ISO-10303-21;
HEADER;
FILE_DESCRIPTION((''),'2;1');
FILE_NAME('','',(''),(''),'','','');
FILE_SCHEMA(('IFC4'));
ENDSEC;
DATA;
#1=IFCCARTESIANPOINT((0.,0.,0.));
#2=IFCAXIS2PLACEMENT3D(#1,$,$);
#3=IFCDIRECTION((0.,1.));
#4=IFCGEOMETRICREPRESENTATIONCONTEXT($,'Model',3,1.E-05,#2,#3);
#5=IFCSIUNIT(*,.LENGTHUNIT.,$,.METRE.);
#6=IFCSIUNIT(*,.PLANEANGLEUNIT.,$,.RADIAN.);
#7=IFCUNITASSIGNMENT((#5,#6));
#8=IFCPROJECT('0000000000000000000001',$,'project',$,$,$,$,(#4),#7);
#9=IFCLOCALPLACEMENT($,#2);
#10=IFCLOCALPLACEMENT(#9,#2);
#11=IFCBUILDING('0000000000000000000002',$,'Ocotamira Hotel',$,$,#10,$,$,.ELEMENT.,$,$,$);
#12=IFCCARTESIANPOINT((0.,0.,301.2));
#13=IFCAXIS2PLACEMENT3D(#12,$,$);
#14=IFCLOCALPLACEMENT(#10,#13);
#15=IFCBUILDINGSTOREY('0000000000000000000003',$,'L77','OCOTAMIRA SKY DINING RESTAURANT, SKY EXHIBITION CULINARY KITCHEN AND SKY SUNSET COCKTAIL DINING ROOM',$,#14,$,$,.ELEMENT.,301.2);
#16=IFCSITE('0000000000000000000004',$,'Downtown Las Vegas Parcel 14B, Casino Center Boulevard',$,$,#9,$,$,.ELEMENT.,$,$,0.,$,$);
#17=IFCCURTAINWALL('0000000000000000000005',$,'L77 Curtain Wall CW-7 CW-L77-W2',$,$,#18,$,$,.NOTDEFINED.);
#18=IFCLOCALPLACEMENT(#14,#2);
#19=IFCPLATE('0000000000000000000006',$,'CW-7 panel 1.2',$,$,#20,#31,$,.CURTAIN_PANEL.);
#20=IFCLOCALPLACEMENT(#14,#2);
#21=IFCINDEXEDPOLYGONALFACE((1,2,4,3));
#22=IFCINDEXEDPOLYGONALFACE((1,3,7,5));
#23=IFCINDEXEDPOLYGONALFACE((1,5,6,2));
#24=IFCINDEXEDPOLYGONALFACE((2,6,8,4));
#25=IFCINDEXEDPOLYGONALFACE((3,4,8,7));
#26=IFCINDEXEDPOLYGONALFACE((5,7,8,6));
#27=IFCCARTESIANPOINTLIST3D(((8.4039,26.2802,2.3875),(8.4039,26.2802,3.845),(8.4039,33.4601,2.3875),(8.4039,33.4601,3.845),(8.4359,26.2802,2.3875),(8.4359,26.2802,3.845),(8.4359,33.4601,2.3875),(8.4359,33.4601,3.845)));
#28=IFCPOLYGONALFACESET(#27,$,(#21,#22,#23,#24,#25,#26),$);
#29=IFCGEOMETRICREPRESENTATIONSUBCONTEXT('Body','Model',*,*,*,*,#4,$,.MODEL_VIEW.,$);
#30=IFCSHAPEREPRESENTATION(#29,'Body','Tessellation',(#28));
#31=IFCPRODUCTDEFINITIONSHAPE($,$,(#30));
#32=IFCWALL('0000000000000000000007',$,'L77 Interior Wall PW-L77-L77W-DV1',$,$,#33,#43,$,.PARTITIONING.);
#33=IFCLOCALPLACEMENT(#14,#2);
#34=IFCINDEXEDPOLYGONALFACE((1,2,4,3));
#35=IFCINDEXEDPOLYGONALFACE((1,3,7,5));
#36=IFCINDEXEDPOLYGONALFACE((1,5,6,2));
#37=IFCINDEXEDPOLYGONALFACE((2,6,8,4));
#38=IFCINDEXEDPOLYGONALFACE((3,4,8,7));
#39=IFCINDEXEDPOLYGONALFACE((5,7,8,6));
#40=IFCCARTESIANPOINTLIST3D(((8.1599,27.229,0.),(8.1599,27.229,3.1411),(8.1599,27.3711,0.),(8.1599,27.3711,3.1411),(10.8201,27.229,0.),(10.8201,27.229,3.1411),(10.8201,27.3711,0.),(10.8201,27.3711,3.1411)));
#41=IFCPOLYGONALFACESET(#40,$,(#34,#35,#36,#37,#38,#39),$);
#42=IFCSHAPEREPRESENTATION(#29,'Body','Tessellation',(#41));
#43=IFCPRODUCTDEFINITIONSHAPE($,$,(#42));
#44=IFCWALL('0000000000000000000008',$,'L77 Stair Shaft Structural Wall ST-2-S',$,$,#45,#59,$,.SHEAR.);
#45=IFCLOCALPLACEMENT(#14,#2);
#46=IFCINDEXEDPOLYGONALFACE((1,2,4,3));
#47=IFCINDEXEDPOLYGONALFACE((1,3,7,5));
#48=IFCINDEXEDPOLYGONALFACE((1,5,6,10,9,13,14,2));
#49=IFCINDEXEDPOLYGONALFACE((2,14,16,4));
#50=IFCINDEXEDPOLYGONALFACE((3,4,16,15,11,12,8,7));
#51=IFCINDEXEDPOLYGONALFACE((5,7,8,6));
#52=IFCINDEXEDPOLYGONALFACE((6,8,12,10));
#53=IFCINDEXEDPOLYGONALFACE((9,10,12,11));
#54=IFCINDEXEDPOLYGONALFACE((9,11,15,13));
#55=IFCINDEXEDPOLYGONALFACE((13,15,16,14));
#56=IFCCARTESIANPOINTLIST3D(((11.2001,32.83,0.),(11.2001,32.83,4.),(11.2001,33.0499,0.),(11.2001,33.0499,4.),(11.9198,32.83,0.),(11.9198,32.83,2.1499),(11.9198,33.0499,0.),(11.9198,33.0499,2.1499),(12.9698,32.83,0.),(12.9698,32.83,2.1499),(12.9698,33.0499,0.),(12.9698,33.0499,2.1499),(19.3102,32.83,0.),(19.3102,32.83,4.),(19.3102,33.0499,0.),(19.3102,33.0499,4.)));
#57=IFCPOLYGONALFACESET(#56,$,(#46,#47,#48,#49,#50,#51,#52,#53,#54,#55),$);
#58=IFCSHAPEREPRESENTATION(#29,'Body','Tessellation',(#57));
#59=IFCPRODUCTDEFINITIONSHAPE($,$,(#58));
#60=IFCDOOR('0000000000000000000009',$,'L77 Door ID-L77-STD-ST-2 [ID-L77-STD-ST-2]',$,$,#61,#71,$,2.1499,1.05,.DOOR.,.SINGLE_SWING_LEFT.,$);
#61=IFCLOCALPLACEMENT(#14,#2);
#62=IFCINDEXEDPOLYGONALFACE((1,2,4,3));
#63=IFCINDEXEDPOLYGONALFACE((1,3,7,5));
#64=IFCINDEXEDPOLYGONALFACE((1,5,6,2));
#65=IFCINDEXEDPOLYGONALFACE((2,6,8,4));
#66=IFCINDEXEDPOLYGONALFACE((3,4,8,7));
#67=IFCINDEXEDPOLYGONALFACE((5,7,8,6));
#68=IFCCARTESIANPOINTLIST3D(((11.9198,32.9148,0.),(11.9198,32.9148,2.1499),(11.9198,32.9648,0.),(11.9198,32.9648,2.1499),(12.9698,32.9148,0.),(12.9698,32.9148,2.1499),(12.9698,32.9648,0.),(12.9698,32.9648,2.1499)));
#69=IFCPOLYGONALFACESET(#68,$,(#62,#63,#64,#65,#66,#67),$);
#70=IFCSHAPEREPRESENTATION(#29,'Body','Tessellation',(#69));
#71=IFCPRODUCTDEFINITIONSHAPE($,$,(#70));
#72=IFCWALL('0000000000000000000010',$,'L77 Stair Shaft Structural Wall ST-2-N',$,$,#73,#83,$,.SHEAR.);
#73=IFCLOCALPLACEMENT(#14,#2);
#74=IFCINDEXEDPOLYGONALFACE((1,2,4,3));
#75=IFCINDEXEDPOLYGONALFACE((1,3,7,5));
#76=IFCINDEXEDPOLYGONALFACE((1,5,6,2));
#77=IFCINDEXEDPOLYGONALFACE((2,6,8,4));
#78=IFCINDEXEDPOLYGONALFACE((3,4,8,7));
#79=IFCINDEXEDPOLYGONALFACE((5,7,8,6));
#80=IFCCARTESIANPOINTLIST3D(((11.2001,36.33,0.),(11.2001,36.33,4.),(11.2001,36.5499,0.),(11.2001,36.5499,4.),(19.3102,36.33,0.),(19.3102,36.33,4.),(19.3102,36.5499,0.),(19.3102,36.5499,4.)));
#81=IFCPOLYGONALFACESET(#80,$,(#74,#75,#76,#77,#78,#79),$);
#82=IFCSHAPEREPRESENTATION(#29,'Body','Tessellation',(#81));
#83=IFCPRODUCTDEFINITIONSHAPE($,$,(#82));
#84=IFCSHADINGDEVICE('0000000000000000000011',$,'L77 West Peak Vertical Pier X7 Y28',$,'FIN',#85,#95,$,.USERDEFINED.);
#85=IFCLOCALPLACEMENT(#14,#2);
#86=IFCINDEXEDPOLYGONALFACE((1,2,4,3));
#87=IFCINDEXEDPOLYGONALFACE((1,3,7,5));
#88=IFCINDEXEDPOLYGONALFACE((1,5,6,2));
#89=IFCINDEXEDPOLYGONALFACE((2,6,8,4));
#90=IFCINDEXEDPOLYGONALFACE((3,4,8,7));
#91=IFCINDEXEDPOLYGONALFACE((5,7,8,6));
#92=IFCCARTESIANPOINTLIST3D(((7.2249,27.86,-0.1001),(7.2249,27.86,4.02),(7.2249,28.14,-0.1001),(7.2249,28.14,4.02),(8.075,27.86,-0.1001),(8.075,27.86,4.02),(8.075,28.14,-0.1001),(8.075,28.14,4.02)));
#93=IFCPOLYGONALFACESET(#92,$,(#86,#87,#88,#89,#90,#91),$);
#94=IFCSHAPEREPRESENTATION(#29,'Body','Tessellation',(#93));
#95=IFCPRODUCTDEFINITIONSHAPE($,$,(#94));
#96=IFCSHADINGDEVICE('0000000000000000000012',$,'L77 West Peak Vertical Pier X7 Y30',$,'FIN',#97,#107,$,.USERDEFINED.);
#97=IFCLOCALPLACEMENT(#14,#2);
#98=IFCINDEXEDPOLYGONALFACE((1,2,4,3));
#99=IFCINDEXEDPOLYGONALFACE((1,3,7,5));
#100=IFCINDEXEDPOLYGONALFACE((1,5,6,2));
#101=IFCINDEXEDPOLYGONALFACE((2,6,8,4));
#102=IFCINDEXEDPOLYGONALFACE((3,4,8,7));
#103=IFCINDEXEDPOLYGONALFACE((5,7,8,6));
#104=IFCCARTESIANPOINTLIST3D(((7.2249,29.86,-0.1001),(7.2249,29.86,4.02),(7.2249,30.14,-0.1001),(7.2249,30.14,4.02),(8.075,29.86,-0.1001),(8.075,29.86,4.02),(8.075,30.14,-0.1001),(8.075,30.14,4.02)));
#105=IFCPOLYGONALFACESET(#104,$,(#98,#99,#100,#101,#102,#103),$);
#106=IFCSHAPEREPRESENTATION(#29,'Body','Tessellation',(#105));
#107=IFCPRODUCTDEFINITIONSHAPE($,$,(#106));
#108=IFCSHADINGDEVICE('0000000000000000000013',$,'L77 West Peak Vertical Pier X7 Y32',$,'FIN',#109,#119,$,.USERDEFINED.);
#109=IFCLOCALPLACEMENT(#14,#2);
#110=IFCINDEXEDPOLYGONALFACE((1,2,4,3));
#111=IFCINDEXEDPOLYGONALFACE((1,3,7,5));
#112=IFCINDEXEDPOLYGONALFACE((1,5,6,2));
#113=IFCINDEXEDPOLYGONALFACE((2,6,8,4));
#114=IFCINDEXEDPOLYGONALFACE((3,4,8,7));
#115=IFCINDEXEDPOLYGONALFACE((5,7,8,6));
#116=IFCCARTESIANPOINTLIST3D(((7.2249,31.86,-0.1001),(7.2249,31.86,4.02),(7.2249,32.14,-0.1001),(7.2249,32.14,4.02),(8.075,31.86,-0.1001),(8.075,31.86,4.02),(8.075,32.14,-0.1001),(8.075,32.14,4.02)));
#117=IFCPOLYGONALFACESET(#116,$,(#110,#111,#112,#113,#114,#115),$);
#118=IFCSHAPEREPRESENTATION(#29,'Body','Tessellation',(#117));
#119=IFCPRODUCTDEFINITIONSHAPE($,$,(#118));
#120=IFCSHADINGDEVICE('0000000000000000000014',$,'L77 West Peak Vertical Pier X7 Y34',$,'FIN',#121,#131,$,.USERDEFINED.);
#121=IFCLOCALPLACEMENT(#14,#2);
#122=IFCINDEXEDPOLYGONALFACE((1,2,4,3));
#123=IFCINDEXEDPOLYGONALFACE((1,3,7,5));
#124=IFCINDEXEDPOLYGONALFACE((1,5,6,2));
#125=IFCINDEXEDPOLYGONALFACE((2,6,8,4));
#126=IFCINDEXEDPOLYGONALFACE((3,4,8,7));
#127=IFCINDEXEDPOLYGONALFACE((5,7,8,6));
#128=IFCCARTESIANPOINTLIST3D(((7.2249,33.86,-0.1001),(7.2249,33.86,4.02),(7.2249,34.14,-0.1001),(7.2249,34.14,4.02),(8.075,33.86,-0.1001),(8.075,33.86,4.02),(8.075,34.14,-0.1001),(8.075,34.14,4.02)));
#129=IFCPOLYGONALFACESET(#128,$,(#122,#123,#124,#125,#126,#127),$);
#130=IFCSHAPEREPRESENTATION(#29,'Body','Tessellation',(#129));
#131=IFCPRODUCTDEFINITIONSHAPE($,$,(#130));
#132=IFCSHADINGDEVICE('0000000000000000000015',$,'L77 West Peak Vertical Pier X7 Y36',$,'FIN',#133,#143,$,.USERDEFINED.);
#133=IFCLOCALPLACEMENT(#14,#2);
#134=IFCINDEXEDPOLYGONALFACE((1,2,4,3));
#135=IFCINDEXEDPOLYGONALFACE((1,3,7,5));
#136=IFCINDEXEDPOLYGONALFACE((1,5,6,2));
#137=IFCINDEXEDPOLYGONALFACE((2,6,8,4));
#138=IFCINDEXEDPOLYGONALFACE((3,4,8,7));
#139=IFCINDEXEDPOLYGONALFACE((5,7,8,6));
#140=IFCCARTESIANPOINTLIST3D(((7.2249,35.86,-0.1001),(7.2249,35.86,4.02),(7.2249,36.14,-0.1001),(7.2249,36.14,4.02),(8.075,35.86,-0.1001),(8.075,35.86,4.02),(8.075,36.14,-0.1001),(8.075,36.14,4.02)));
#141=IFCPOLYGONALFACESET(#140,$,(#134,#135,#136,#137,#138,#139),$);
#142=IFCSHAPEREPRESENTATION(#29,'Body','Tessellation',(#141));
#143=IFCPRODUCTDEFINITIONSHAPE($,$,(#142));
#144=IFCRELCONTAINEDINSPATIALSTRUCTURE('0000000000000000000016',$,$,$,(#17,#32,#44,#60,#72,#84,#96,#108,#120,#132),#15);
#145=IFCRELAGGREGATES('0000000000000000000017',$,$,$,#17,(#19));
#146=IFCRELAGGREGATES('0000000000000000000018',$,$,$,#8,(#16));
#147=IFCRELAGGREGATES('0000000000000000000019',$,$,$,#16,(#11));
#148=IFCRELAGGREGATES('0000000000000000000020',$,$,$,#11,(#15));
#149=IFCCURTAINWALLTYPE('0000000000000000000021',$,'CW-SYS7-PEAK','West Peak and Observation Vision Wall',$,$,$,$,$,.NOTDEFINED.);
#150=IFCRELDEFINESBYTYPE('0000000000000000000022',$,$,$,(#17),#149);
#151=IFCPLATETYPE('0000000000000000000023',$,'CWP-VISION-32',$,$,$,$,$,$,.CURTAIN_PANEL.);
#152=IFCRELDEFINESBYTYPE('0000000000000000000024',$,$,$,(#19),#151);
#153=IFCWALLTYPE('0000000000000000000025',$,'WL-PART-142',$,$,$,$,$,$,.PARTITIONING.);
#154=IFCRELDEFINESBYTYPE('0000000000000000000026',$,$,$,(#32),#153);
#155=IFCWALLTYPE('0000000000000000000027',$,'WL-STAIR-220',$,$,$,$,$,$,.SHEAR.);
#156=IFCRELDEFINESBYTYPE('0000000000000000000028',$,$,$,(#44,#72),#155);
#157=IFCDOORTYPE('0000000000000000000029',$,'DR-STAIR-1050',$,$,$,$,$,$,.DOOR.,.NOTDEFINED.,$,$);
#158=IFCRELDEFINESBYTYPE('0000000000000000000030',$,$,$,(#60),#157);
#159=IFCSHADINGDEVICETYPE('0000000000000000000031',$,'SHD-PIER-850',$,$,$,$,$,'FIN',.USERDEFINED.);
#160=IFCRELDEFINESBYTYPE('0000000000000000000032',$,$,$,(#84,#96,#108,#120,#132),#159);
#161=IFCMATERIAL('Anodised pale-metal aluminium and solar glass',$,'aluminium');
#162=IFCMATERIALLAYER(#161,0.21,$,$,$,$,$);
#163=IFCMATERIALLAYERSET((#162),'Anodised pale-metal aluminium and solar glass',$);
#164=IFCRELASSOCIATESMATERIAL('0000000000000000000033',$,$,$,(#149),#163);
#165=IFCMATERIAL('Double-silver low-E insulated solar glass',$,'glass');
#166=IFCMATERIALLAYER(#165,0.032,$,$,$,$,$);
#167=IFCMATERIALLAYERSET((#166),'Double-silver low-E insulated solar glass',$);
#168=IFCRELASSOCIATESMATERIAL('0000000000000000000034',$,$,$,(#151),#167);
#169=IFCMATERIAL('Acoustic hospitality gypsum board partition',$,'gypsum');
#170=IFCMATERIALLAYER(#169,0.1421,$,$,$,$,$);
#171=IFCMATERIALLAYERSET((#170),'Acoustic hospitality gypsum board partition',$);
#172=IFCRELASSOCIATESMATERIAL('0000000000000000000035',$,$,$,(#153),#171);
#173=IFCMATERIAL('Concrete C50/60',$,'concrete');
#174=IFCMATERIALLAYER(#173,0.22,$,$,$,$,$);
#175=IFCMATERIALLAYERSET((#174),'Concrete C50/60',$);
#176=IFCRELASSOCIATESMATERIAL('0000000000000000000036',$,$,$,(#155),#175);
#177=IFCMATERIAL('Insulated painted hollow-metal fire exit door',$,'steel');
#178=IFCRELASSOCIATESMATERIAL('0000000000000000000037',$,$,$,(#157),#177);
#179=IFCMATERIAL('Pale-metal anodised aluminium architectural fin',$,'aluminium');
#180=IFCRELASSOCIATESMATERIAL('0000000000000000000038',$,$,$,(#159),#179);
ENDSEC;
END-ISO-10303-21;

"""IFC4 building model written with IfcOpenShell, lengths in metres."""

from ifc_helpers import new_model, si_unit, direction, frame, frame_2d, origin, origin_2d, place, context, subcontext, project, spatial, rectangle, extrude, source, transform, mapped, material, layer, layer_set, type_object, element, fill, aggregate, save


model = new_model("IFC4")

# Units and contexts
model_context = context("Model", 3, precision=1e-05, world=origin(), true_north=direction((0.0, 1.0)))
body_context = subcontext(model_context, "Body", "Model", "MODEL_VIEW")
ifc_project = project(units=[si_unit("LENGTHUNIT", "METRE"), si_unit("PLANEANGLEUNIT", "RADIAN")], contexts=[model_context])

# Site, building, storey
site_placement = place(None, origin())
site = spatial("IfcSite", under=ifc_project, at=site_placement, Name="Downtown Las Vegas Parcel 14B, Casino Center Boulevard", CompositionType="ELEMENT", RefElevation=0.0)
building_placement = place(site_placement, origin())
building = spatial("IfcBuilding", under=site, at=building_placement, Name="Ocotamira Hotel", CompositionType="ELEMENT")
storey_placement = place(building_placement, frame((0.0, 0.0, 301.2)))
storey = spatial("IfcBuildingStorey", under=building, at=storey_placement, Name="L77", Description="OCOTAMIRA SKY DINING RESTAURANT, SKY EXHIBITION CULINARY KITCHEN AND SKY SUNSET COCKTAIL DINING ROOM", CompositionType="ELEMENT", Elevation=301.2)

# Curtain wall, plate
ifc_material_1 = material(Name="Anodised pale-metal aluminium and solar glass", Category="aluminium")
ifc_layer_1 = layer(ifc_material_1, 0.21)
ifc_layer_set_1 = layer_set([ifc_layer_1], Name="Anodised pale-metal aluminium and solar glass")
curtain_wall_type = type_object("IfcCurtainWallType", Name="CW-SYS7-PEAK", Description="West Peak and Observation Vision Wall", PredefinedType="NOTDEFINED", material=ifc_layer_set_1)
curtain_wall_placement = place(storey_placement, origin())
curtain_wall = element("IfcCurtainWall", 1, at=curtain_wall_placement, inside=storey, type_object=curtain_wall_type, Name="L77 Curtain Wall CW-7 CW-L77-W2", PredefinedType="NOTDEFINED")
ifc_material_2 = material(Name="Double-silver low-E insulated solar glass", Category="glass")
ifc_layer_2 = layer(ifc_material_2, 0.032)
ifc_layer_set_2 = layer_set([ifc_layer_2], Name="Double-silver low-E insulated solar glass")
plate_type = type_object("IfcPlateType", Name="CWP-VISION-32", PredefinedType="CURTAIN_PANEL", material=ifc_layer_set_2)
shared_shape_1 = source(origin(), body_context, "Body", "SweptSolid", [
    extrude(rectangle(XDim=7.1799, YDim=0.032, at=origin_2d()), origin(), (0.0, 0.0, 1.0), 1.4575),
])
plate_1_placement = place(storey_placement, frame((8.4199, 29.8701, 2.3875), z_axis=(0.0, 0.0, 1.0), x_axis=(0.0, 1.0, 0.0)))
plate_1 = element("IfcPlate", 2, at=plate_1_placement, type_object=plate_type, Name="CW-7 panel 1.2", PredefinedType="CURTAIN_PANEL", context=body_context, shape_type="MappedRepresentation", body=[
    mapped(shared_shape_1, transform((0.0, 0.0, 0.0), scale=1.0)),
])
aggregate(curtain_wall, [plate_1])

# Wall
ifc_material_3 = material(Name="Acoustic hospitality gypsum board partition", Category="gypsum")
ifc_layer_3 = layer(ifc_material_3, 0.1421)
ifc_layer_set_3 = layer_set([ifc_layer_3], Name="Acoustic hospitality gypsum board partition")
wall_type_1 = type_object("IfcWallType", Name="WL-PART-142", PredefinedType="PARTITIONING", material=ifc_layer_set_3)
wall_1_placement = place(storey_placement, frame((8.1599, 27.3, 0.0), z_axis=(0.0, 0.0, 1.0), x_axis=(1.0, 0.0, 0.0)))
element("IfcWall", 3, at=wall_1_placement, inside=storey, type_object=wall_type_1, Name="L77 Interior Wall PW-L77-L77W-DV1", PredefinedType="PARTITIONING", context=body_context, shape_type="SweptSolid", body=[
    extrude(rectangle(XDim=2.6602, YDim=0.1421, at=frame_2d((1.3301, 0.0))), origin(), (0.0, 0.0, 1.0), 3.1411),
])

# Wall, opening, door
ifc_material_4 = material(Name="Concrete C50/60", Category="concrete")
ifc_layer_4 = layer(ifc_material_4, 0.22)
ifc_layer_set_4 = layer_set([ifc_layer_4], Name="Concrete C50/60")
wall_type_2 = type_object("IfcWallType", Name="WL-STAIR-220", PredefinedType="SHEAR", material=ifc_layer_set_4)
wall_2_placement = place(storey_placement, frame((11.2, 32.9399, 0.0), z_axis=(0.0, 0.0, 1.0), x_axis=(1.0, 0.0, 0.0)))
wall_2 = element("IfcWall", 4, at=wall_2_placement, inside=storey, type_object=wall_type_2, Name="L77 Stair Shaft Structural Wall ST-2-S", PredefinedType="SHEAR", context=body_context, shape_type="SweptSolid", body=[
    extrude(rectangle(XDim=8.1101, YDim=0.22, at=frame_2d((4.0552, 0.0))), origin(), (0.0, 0.0, 1.0), 4.0),
])
opening_1_placement = place(wall_2_placement, frame((0.72, 0.0, 0.0)))
opening_1 = element("IfcOpeningElement", 5, at=opening_1_placement, cuts=wall_2, PredefinedType="OPENING", context=body_context, shape_type="SweptSolid", body=[
    extrude(rectangle(XDim=1.05, YDim=2.1499, at=frame_2d((0.5249, 1.075))), frame((0.0, 0.1201, 0.0), z_axis=(0.0, -1.0, 0.0), x_axis=(1.0, 0.0, 0.0)), (0.0, 0.0, 1.0), 0.24),
])
ifc_material_5 = material(Name="Insulated painted hollow-metal fire exit door", Category="steel")
door_type_1 = type_object("IfcDoorType", Name="DR-STAIR-1050", OperationType="NOTDEFINED", PredefinedType="DOOR", material=ifc_material_5)
shared_shape_2 = source(origin(), body_context, "Body", "SweptSolid", [
    extrude(rectangle(XDim=1.05, YDim=2.1499, at=frame_2d((0.5249, 1.075))), frame((0.0, 0.0249, 0.0), z_axis=(0.0, -1.0, 0.0), x_axis=(1.0, 0.0, 0.0)), (0.0, 0.0, 1.0), 0.05),
])
door_1_placement = place(opening_1_placement, origin())
door_1 = element("IfcDoor", 6, at=door_1_placement, inside=storey, type_object=door_type_1, Name="L77 Door ID-L77-STD-ST-2 [ID-L77-STD-ST-2]", OperationType="SINGLE_SWING_LEFT", OverallHeight=2.1499, OverallWidth=1.05, PredefinedType="DOOR", context=body_context, shape_type="MappedRepresentation", body=[
    mapped(shared_shape_2, transform((0.0, 0.0, 0.0), scale=1.0)),
])
fill(opening_1, door_1)

# Wall
wall_3_placement = place(storey_placement, frame((11.2, 36.4399, 0.0), z_axis=(0.0, 0.0, 1.0), x_axis=(1.0, 0.0, 0.0)))
element("IfcWall", 7, at=wall_3_placement, inside=storey, type_object=wall_type_2, Name="L77 Stair Shaft Structural Wall ST-2-N", PredefinedType="SHEAR", context=body_context, shape_type="SweptSolid", body=[
    extrude(rectangle(XDim=8.1101, YDim=0.22, at=frame_2d((4.0552, 0.0))), origin(), (0.0, 0.0, 1.0), 4.0),
])

# Shading devices
ifc_material_6 = material(Name="Pale-metal anodised aluminium architectural fin", Category="aluminium")
shading_device_type = type_object("IfcShadingDeviceType", Name="SHD-PIER-850", ElementType="FIN", PredefinedType="USERDEFINED", material=ifc_material_6)
shared_shape_3 = source(origin(), body_context, "Body", "SweptSolid", [
    extrude(rectangle(XDim=0.8501, YDim=0.28, at=origin_2d()), origin(), (0.0, 0.0, 1.0), 4.1201),
])
for number, where, z_axis, x_axis, name in (
    (8, (7.6499, 28.0, -0.1001), (0.0, 0.0, 1.0), (1.0, 0.0, 0.0), "L77 West Peak Vertical Pier X7 Y28"),
    (9, (7.6499, 30.0, -0.1001), (0.0, 0.0, 1.0), (1.0, 0.0, 0.0), "L77 West Peak Vertical Pier X7 Y30"),
    (10, (7.6499, 32.0, -0.1001), (0.0, 0.0, 1.0), (1.0, 0.0, 0.0), "L77 West Peak Vertical Pier X7 Y32"),
    (11, (7.6499, 34.0, -0.1001), (0.0, 0.0, 1.0), (1.0, 0.0, 0.0), "L77 West Peak Vertical Pier X7 Y34"),
    (12, (7.6499, 36.0, -0.1001), (0.0, 0.0, 1.0), (1.0, 0.0, 0.0), "L77 West Peak Vertical Pier X7 Y36"),
):
    element("IfcShadingDevice", number, at=place(storey_placement, frame(where, z_axis=z_axis, x_axis=x_axis)), inside=storey, type_object=shading_device_type, Name=name, ObjectType="FIN", PredefinedType="USERDEFINED", context=body_context, shape_type="MappedRepresentation", body=[
        mapped(shared_shape_3, transform((0.0, 0.0, 0.0), scale=1.0)),
    ])

save(model, "model.ifc")
